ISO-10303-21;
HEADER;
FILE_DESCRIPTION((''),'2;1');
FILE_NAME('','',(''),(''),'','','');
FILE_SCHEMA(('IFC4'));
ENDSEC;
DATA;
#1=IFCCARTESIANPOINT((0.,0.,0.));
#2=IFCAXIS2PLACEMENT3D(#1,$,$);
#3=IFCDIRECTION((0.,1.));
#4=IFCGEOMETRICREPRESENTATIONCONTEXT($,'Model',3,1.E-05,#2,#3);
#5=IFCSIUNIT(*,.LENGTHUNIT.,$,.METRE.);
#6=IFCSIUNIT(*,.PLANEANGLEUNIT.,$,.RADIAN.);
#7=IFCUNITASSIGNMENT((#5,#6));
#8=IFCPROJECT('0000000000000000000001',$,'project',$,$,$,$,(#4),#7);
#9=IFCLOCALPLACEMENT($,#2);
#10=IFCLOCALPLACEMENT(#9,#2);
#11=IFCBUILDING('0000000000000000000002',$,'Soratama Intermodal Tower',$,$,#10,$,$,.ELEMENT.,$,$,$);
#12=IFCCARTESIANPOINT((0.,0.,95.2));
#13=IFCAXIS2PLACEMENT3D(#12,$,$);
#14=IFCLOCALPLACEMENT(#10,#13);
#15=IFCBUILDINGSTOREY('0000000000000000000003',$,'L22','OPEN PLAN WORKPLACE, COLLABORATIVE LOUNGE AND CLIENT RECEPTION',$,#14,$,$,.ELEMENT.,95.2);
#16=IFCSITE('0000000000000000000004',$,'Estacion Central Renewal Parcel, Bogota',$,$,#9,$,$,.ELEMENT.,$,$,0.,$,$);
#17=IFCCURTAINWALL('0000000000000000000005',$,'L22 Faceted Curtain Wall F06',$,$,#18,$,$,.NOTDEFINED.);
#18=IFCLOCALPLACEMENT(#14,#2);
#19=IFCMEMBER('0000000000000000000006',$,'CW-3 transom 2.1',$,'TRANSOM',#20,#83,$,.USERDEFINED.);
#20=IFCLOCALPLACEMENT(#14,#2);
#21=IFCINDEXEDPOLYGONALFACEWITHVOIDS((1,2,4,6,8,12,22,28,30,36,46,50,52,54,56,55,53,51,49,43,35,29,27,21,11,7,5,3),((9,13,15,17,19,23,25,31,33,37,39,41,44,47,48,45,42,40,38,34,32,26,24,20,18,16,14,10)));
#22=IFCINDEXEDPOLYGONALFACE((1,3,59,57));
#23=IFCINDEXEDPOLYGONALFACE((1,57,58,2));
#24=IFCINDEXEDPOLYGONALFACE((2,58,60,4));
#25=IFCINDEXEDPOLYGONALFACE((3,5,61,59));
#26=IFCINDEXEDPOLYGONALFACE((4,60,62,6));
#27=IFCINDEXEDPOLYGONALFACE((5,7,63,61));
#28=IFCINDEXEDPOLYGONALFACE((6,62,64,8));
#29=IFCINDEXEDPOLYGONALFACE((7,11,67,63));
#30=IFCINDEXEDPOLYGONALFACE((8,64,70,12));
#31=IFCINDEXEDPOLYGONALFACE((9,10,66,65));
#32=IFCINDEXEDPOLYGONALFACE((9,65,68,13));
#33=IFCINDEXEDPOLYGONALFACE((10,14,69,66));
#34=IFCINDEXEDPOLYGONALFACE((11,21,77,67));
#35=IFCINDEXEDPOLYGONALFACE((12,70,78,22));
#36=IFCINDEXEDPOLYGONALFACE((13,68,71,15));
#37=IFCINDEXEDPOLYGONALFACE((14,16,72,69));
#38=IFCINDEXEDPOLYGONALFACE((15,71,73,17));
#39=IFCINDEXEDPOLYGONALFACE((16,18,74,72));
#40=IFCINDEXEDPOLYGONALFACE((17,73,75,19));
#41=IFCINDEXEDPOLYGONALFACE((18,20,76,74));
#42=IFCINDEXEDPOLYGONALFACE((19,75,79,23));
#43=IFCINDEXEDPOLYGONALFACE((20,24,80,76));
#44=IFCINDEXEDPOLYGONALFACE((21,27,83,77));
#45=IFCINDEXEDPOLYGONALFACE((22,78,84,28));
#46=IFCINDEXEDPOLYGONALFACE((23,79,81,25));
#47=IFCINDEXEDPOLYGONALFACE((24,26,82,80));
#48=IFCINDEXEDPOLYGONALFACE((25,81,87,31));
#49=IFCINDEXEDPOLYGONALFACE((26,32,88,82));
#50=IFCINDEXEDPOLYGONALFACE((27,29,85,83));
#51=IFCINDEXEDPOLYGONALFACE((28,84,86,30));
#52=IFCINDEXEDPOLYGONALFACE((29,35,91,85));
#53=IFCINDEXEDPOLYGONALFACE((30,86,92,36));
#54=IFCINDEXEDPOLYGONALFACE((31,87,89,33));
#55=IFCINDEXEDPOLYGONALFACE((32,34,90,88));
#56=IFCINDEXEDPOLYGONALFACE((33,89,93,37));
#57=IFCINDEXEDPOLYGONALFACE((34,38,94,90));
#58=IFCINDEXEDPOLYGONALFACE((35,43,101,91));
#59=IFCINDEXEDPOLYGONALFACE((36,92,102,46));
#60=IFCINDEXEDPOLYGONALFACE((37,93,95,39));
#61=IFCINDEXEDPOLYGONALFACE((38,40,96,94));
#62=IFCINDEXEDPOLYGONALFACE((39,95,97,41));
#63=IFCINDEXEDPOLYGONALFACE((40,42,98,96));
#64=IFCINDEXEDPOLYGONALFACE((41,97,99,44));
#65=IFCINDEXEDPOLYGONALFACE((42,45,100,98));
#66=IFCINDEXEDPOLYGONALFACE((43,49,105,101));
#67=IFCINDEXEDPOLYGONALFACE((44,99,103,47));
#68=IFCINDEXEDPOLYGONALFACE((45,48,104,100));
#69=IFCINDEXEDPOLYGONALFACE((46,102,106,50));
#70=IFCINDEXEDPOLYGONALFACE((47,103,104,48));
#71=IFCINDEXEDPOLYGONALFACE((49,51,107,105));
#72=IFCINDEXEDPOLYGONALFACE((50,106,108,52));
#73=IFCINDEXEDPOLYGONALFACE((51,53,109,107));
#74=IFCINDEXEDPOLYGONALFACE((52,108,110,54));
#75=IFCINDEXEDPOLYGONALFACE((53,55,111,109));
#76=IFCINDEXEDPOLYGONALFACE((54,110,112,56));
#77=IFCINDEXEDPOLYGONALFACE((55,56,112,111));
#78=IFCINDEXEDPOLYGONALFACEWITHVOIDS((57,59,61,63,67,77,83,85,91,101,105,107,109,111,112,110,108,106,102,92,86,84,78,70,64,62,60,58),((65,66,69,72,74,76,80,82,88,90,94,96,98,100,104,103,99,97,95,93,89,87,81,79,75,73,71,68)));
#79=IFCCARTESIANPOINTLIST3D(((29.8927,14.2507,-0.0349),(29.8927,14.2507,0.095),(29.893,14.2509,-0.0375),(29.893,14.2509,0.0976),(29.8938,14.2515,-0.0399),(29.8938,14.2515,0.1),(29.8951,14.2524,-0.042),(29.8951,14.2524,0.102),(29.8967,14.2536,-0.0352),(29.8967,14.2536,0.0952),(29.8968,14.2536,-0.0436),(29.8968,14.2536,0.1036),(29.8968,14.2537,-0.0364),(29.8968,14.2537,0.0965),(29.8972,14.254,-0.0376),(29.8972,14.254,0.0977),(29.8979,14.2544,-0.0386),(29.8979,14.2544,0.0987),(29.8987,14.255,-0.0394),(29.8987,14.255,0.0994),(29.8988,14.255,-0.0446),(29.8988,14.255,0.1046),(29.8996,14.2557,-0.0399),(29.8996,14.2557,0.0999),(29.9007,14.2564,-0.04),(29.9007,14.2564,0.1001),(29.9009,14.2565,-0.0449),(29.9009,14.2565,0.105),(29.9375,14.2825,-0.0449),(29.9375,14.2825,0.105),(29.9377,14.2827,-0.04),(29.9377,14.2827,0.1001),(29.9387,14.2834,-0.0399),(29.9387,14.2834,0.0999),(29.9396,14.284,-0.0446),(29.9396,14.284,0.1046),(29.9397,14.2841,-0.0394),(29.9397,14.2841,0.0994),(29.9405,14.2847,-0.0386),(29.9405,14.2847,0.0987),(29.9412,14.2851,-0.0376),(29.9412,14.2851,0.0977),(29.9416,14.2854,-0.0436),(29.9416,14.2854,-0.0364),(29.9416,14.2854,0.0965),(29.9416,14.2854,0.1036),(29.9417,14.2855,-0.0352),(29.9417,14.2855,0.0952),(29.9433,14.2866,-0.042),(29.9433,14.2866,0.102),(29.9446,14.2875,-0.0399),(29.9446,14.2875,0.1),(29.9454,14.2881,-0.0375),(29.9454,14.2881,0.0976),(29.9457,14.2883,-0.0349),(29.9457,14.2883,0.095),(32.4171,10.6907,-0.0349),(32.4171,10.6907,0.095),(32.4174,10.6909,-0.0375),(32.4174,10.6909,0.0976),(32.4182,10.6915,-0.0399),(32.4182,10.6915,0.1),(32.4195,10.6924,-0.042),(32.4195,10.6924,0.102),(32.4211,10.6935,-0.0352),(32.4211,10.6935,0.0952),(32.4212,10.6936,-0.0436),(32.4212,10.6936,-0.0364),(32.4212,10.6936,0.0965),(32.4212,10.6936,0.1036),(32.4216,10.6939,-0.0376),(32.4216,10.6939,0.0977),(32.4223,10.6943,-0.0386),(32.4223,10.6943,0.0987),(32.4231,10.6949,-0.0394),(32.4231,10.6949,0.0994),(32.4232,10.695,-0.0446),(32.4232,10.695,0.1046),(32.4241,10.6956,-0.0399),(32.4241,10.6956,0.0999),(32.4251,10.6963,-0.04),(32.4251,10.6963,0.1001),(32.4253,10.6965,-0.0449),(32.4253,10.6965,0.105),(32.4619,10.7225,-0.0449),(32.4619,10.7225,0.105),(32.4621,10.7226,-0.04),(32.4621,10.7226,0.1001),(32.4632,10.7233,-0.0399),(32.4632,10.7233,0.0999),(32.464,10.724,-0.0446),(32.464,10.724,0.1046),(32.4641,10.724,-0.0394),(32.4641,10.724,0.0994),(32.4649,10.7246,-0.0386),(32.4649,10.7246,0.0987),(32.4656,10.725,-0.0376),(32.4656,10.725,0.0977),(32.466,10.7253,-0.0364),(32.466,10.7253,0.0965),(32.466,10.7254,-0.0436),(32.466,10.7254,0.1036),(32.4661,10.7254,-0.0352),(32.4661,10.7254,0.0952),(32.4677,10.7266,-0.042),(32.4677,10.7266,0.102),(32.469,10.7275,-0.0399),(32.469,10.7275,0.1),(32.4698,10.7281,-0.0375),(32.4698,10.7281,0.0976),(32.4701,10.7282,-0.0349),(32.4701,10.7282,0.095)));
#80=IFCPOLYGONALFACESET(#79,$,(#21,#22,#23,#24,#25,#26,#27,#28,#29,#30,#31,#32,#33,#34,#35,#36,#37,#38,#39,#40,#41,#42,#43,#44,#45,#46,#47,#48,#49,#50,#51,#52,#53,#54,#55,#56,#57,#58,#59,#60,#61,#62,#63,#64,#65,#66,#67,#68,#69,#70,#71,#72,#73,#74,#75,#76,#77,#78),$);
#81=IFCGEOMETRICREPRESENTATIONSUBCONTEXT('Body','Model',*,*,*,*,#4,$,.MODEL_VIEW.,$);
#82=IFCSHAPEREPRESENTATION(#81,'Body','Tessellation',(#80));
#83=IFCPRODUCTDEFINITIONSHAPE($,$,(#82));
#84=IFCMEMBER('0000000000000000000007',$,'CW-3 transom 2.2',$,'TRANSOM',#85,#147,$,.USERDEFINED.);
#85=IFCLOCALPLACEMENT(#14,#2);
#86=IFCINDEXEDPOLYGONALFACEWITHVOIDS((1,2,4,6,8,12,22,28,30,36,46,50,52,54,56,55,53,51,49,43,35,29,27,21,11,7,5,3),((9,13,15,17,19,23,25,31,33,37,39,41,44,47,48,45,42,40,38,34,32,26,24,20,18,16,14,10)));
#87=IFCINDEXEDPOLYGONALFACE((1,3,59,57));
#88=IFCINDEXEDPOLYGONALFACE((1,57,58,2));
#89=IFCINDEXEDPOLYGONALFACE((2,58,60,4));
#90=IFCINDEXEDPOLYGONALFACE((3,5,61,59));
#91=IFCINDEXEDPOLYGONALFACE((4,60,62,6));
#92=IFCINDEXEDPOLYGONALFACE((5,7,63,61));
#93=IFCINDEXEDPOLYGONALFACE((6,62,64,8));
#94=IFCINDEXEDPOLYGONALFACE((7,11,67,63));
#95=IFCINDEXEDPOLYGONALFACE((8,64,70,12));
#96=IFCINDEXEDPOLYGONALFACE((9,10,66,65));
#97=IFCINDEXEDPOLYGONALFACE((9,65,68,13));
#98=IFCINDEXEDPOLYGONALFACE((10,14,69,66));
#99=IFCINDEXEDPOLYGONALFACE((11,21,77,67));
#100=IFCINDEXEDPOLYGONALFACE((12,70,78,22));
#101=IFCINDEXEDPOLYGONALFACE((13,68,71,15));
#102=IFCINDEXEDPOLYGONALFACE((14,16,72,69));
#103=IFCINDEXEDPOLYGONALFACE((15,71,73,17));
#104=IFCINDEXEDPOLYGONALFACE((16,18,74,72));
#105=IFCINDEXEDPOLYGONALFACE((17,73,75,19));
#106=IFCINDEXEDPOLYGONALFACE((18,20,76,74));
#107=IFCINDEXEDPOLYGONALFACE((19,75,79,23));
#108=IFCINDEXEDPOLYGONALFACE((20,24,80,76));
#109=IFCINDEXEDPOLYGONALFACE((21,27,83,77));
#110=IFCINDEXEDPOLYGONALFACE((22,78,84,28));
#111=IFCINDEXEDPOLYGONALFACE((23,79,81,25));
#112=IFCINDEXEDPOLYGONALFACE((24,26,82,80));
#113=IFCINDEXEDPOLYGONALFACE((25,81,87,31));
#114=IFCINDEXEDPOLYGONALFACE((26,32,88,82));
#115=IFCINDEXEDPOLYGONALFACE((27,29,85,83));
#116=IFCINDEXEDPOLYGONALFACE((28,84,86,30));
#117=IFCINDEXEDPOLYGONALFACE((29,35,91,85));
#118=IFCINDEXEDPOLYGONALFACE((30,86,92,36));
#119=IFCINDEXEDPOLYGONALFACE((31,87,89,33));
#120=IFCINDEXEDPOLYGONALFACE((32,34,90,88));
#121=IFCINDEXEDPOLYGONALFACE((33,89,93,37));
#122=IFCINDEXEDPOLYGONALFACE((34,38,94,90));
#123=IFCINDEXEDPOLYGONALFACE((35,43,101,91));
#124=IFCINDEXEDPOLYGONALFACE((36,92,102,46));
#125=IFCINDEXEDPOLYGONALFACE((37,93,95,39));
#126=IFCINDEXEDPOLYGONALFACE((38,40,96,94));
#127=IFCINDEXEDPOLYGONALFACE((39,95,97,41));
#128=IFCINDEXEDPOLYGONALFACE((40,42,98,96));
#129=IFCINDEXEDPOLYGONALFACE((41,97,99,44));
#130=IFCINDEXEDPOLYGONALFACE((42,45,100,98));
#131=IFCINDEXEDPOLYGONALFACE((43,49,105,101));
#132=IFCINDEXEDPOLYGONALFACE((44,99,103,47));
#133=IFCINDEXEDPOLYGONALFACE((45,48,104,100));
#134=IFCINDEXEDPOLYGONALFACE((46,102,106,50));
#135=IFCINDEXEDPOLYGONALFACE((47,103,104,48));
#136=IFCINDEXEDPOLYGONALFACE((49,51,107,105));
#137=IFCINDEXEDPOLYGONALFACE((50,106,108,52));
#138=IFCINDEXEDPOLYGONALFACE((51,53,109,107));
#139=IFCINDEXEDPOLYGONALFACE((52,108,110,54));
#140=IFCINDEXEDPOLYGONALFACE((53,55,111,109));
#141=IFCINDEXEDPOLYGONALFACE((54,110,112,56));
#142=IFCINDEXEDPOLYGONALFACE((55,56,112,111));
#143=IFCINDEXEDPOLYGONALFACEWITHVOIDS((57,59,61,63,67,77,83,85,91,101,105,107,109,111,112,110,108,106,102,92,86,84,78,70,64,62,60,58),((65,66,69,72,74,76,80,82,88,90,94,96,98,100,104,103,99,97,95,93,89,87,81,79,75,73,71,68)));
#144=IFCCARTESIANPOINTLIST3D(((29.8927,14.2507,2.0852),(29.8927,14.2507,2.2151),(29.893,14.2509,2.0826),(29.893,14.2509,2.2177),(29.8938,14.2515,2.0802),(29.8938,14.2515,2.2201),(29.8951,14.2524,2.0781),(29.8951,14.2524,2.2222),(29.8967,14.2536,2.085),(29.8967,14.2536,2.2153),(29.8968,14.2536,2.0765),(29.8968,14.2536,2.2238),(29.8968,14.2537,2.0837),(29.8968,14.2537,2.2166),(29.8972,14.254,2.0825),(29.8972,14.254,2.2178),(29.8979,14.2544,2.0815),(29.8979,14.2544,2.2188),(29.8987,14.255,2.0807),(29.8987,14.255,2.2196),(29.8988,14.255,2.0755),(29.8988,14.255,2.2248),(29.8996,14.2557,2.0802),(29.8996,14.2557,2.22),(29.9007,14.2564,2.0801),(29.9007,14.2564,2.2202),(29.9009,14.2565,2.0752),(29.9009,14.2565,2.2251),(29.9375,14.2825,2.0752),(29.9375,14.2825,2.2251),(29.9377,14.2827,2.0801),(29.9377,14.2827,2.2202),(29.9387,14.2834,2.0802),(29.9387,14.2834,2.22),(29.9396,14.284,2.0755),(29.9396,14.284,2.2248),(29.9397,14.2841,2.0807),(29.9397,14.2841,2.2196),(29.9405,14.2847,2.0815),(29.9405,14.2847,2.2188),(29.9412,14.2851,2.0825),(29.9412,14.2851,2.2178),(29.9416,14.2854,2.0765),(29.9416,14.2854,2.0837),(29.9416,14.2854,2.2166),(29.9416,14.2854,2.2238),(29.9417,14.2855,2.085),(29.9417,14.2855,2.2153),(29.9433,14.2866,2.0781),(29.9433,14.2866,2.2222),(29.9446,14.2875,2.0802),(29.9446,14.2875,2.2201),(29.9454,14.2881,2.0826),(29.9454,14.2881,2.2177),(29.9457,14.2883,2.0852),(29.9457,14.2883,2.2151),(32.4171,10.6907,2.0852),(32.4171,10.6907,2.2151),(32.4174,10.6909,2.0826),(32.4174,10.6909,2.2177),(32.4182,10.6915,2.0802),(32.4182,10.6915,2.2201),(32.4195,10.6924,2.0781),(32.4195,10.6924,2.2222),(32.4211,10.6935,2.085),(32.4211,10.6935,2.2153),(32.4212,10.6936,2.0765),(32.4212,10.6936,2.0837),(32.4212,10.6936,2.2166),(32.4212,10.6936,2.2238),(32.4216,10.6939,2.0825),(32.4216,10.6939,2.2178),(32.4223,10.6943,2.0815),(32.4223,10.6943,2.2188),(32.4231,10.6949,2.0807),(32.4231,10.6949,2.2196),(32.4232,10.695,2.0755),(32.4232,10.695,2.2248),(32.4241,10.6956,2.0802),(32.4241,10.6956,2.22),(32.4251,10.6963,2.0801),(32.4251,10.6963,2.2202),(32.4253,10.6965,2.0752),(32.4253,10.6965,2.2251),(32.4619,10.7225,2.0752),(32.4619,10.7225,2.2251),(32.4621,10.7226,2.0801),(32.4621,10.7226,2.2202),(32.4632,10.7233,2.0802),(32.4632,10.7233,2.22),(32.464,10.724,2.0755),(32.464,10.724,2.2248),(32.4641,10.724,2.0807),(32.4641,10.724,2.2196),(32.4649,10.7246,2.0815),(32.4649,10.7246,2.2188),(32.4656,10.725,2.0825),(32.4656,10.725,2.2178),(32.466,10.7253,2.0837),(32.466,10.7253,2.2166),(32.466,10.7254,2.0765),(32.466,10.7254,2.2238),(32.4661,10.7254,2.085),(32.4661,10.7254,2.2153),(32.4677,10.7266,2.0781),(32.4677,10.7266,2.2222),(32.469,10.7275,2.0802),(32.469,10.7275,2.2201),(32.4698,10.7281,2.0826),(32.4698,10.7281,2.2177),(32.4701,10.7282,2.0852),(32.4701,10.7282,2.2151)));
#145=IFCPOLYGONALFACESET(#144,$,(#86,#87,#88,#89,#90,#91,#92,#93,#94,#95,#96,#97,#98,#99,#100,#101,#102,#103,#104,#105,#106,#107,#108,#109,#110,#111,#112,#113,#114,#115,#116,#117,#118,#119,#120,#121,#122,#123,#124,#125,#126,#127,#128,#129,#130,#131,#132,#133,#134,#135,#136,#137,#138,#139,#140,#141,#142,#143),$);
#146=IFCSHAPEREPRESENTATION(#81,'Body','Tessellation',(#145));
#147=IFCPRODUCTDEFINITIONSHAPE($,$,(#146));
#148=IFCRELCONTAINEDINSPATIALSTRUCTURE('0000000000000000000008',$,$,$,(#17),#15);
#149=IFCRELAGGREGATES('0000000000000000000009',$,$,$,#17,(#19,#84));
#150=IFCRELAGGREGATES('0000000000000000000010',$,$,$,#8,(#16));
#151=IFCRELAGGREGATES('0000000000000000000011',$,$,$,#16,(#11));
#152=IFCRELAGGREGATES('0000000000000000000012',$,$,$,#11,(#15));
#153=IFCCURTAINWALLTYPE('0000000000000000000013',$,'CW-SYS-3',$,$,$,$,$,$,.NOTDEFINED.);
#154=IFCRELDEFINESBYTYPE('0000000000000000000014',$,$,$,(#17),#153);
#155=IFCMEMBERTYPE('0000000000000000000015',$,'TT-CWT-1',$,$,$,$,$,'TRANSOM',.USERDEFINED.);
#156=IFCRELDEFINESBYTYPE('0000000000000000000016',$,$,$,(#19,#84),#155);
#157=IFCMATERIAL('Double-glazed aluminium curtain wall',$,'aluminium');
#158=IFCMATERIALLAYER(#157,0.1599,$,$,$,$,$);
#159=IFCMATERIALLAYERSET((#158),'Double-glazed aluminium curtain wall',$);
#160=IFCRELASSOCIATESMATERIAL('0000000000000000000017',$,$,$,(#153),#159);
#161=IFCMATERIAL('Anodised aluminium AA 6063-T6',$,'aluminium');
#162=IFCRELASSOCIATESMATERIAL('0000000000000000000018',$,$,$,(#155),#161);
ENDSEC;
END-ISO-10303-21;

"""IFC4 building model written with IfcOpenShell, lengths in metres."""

from ifc_helpers import new_model, si_unit, direction, frame, origin, origin_2d, place, context, subcontext, project, spatial, hollow_rectangle, extrude, material, layer, layer_set, material_profile, profile_set, type_object, element, aggregate, save


model = new_model("IFC4")

# Units and contexts
model_context = context("Model", 3, precision=1e-05, world=origin(), true_north=direction((0.0, 1.0)))
body_context = subcontext(model_context, "Body", "Model", "MODEL_VIEW")
ifc_project = project(units=[si_unit("LENGTHUNIT", "METRE"), si_unit("PLANEANGLEUNIT", "RADIAN")], contexts=[model_context])

# Site, building, storey
site_placement = place(None, origin())
site = spatial("IfcSite", under=ifc_project, at=site_placement, Name="Estacion Central Renewal Parcel, Bogota", CompositionType="ELEMENT", RefElevation=0.0)
building_placement = place(site_placement, origin())
building = spatial("IfcBuilding", under=site, at=building_placement, Name="Soratama Intermodal Tower", CompositionType="ELEMENT")
storey_placement = place(building_placement, frame((0.0, 0.0, 95.2)))
storey = spatial("IfcBuildingStorey", under=building, at=storey_placement, Name="L22", Description="OPEN PLAN WORKPLACE, COLLABORATIVE LOUNGE AND CLIENT RECEPTION", CompositionType="ELEMENT", Elevation=95.2)

# Curtain wall, members
ifc_material_1 = material(Name="Double-glazed aluminium curtain wall", Category="aluminium")
ifc_layer_1 = layer(ifc_material_1, 0.1599)
ifc_layer_set_1 = layer_set([ifc_layer_1], Name="Double-glazed aluminium curtain wall")
curtain_wall_type = type_object("IfcCurtainWallType", Name="CW-SYS-3", PredefinedType="NOTDEFINED", material=ifc_layer_set_1)
curtain_wall_placement = place(storey_placement, origin())
curtain_wall = element("IfcCurtainWall", 1, at=curtain_wall_placement, inside=storey, type_object=curtain_wall_type, Name="L22 Faceted Curtain Wall F06", PredefinedType="NOTDEFINED")
ifc_material_2 = material(Name="Anodised aluminium AA 6063-T6", Category="aluminium")
ifc_material_profile_1 = material_profile(ifc_material_2, hollow_rectangle(XDim=0.0649, YDim=0.1499, WallThickness=0.0049, InnerFilletRadius=0.0049, OuterFilletRadius=0.01, at=origin_2d()), Name="CWT150X65X5")
ifc_profile_set_1 = profile_set([ifc_material_profile_1], Name="Anodised aluminium AA 6063-T6")
member_type_1 = type_object("IfcMemberType", Name="TT-CWT-1", ElementType="TRANSOM", PredefinedType="USERDEFINED", material=ifc_profile_set_1)
member_1_placement = place(storey_placement, frame((29.9192, 14.2695, 0.03), z_axis=(0.57843, -0.815732, 0.0), x_axis=(0.815732, 0.57843, 0.0)))
member_1 = element("IfcMember", 2, at=member_1_placement, type_object=member_type_1, Name="CW-3 transom 2.1", ObjectType="TRANSOM", PredefinedType="USERDEFINED", context=body_context, shape_type="SweptSolid", body=[
    extrude(hollow_rectangle(XDim=0.0649, YDim=0.1499, WallThickness=0.0049, InnerFilletRadius=0.0049, OuterFilletRadius=0.01, at=origin_2d()), origin(), (0.0, 0.0, 1.0), 4.3643),
])
member_2_placement = place(storey_placement, frame((29.9192, 14.2695, 2.1501), z_axis=(0.57843, -0.815732, 0.0), x_axis=(0.815732, 0.57843, 0.0)))
member_2 = element("IfcMember", 3, at=member_2_placement, type_object=member_type_1, Name="CW-3 transom 2.2", ObjectType="TRANSOM", PredefinedType="USERDEFINED", context=body_context, shape_type="SweptSolid", body=[
    extrude(hollow_rectangle(XDim=0.0649, YDim=0.1499, WallThickness=0.0049, InnerFilletRadius=0.0049, OuterFilletRadius=0.01, at=origin_2d()), origin(), (0.0, 0.0, 1.0), 4.3643),
])
aggregate(curtain_wall, [member_1, member_2])

save(model, "model.ifc")
